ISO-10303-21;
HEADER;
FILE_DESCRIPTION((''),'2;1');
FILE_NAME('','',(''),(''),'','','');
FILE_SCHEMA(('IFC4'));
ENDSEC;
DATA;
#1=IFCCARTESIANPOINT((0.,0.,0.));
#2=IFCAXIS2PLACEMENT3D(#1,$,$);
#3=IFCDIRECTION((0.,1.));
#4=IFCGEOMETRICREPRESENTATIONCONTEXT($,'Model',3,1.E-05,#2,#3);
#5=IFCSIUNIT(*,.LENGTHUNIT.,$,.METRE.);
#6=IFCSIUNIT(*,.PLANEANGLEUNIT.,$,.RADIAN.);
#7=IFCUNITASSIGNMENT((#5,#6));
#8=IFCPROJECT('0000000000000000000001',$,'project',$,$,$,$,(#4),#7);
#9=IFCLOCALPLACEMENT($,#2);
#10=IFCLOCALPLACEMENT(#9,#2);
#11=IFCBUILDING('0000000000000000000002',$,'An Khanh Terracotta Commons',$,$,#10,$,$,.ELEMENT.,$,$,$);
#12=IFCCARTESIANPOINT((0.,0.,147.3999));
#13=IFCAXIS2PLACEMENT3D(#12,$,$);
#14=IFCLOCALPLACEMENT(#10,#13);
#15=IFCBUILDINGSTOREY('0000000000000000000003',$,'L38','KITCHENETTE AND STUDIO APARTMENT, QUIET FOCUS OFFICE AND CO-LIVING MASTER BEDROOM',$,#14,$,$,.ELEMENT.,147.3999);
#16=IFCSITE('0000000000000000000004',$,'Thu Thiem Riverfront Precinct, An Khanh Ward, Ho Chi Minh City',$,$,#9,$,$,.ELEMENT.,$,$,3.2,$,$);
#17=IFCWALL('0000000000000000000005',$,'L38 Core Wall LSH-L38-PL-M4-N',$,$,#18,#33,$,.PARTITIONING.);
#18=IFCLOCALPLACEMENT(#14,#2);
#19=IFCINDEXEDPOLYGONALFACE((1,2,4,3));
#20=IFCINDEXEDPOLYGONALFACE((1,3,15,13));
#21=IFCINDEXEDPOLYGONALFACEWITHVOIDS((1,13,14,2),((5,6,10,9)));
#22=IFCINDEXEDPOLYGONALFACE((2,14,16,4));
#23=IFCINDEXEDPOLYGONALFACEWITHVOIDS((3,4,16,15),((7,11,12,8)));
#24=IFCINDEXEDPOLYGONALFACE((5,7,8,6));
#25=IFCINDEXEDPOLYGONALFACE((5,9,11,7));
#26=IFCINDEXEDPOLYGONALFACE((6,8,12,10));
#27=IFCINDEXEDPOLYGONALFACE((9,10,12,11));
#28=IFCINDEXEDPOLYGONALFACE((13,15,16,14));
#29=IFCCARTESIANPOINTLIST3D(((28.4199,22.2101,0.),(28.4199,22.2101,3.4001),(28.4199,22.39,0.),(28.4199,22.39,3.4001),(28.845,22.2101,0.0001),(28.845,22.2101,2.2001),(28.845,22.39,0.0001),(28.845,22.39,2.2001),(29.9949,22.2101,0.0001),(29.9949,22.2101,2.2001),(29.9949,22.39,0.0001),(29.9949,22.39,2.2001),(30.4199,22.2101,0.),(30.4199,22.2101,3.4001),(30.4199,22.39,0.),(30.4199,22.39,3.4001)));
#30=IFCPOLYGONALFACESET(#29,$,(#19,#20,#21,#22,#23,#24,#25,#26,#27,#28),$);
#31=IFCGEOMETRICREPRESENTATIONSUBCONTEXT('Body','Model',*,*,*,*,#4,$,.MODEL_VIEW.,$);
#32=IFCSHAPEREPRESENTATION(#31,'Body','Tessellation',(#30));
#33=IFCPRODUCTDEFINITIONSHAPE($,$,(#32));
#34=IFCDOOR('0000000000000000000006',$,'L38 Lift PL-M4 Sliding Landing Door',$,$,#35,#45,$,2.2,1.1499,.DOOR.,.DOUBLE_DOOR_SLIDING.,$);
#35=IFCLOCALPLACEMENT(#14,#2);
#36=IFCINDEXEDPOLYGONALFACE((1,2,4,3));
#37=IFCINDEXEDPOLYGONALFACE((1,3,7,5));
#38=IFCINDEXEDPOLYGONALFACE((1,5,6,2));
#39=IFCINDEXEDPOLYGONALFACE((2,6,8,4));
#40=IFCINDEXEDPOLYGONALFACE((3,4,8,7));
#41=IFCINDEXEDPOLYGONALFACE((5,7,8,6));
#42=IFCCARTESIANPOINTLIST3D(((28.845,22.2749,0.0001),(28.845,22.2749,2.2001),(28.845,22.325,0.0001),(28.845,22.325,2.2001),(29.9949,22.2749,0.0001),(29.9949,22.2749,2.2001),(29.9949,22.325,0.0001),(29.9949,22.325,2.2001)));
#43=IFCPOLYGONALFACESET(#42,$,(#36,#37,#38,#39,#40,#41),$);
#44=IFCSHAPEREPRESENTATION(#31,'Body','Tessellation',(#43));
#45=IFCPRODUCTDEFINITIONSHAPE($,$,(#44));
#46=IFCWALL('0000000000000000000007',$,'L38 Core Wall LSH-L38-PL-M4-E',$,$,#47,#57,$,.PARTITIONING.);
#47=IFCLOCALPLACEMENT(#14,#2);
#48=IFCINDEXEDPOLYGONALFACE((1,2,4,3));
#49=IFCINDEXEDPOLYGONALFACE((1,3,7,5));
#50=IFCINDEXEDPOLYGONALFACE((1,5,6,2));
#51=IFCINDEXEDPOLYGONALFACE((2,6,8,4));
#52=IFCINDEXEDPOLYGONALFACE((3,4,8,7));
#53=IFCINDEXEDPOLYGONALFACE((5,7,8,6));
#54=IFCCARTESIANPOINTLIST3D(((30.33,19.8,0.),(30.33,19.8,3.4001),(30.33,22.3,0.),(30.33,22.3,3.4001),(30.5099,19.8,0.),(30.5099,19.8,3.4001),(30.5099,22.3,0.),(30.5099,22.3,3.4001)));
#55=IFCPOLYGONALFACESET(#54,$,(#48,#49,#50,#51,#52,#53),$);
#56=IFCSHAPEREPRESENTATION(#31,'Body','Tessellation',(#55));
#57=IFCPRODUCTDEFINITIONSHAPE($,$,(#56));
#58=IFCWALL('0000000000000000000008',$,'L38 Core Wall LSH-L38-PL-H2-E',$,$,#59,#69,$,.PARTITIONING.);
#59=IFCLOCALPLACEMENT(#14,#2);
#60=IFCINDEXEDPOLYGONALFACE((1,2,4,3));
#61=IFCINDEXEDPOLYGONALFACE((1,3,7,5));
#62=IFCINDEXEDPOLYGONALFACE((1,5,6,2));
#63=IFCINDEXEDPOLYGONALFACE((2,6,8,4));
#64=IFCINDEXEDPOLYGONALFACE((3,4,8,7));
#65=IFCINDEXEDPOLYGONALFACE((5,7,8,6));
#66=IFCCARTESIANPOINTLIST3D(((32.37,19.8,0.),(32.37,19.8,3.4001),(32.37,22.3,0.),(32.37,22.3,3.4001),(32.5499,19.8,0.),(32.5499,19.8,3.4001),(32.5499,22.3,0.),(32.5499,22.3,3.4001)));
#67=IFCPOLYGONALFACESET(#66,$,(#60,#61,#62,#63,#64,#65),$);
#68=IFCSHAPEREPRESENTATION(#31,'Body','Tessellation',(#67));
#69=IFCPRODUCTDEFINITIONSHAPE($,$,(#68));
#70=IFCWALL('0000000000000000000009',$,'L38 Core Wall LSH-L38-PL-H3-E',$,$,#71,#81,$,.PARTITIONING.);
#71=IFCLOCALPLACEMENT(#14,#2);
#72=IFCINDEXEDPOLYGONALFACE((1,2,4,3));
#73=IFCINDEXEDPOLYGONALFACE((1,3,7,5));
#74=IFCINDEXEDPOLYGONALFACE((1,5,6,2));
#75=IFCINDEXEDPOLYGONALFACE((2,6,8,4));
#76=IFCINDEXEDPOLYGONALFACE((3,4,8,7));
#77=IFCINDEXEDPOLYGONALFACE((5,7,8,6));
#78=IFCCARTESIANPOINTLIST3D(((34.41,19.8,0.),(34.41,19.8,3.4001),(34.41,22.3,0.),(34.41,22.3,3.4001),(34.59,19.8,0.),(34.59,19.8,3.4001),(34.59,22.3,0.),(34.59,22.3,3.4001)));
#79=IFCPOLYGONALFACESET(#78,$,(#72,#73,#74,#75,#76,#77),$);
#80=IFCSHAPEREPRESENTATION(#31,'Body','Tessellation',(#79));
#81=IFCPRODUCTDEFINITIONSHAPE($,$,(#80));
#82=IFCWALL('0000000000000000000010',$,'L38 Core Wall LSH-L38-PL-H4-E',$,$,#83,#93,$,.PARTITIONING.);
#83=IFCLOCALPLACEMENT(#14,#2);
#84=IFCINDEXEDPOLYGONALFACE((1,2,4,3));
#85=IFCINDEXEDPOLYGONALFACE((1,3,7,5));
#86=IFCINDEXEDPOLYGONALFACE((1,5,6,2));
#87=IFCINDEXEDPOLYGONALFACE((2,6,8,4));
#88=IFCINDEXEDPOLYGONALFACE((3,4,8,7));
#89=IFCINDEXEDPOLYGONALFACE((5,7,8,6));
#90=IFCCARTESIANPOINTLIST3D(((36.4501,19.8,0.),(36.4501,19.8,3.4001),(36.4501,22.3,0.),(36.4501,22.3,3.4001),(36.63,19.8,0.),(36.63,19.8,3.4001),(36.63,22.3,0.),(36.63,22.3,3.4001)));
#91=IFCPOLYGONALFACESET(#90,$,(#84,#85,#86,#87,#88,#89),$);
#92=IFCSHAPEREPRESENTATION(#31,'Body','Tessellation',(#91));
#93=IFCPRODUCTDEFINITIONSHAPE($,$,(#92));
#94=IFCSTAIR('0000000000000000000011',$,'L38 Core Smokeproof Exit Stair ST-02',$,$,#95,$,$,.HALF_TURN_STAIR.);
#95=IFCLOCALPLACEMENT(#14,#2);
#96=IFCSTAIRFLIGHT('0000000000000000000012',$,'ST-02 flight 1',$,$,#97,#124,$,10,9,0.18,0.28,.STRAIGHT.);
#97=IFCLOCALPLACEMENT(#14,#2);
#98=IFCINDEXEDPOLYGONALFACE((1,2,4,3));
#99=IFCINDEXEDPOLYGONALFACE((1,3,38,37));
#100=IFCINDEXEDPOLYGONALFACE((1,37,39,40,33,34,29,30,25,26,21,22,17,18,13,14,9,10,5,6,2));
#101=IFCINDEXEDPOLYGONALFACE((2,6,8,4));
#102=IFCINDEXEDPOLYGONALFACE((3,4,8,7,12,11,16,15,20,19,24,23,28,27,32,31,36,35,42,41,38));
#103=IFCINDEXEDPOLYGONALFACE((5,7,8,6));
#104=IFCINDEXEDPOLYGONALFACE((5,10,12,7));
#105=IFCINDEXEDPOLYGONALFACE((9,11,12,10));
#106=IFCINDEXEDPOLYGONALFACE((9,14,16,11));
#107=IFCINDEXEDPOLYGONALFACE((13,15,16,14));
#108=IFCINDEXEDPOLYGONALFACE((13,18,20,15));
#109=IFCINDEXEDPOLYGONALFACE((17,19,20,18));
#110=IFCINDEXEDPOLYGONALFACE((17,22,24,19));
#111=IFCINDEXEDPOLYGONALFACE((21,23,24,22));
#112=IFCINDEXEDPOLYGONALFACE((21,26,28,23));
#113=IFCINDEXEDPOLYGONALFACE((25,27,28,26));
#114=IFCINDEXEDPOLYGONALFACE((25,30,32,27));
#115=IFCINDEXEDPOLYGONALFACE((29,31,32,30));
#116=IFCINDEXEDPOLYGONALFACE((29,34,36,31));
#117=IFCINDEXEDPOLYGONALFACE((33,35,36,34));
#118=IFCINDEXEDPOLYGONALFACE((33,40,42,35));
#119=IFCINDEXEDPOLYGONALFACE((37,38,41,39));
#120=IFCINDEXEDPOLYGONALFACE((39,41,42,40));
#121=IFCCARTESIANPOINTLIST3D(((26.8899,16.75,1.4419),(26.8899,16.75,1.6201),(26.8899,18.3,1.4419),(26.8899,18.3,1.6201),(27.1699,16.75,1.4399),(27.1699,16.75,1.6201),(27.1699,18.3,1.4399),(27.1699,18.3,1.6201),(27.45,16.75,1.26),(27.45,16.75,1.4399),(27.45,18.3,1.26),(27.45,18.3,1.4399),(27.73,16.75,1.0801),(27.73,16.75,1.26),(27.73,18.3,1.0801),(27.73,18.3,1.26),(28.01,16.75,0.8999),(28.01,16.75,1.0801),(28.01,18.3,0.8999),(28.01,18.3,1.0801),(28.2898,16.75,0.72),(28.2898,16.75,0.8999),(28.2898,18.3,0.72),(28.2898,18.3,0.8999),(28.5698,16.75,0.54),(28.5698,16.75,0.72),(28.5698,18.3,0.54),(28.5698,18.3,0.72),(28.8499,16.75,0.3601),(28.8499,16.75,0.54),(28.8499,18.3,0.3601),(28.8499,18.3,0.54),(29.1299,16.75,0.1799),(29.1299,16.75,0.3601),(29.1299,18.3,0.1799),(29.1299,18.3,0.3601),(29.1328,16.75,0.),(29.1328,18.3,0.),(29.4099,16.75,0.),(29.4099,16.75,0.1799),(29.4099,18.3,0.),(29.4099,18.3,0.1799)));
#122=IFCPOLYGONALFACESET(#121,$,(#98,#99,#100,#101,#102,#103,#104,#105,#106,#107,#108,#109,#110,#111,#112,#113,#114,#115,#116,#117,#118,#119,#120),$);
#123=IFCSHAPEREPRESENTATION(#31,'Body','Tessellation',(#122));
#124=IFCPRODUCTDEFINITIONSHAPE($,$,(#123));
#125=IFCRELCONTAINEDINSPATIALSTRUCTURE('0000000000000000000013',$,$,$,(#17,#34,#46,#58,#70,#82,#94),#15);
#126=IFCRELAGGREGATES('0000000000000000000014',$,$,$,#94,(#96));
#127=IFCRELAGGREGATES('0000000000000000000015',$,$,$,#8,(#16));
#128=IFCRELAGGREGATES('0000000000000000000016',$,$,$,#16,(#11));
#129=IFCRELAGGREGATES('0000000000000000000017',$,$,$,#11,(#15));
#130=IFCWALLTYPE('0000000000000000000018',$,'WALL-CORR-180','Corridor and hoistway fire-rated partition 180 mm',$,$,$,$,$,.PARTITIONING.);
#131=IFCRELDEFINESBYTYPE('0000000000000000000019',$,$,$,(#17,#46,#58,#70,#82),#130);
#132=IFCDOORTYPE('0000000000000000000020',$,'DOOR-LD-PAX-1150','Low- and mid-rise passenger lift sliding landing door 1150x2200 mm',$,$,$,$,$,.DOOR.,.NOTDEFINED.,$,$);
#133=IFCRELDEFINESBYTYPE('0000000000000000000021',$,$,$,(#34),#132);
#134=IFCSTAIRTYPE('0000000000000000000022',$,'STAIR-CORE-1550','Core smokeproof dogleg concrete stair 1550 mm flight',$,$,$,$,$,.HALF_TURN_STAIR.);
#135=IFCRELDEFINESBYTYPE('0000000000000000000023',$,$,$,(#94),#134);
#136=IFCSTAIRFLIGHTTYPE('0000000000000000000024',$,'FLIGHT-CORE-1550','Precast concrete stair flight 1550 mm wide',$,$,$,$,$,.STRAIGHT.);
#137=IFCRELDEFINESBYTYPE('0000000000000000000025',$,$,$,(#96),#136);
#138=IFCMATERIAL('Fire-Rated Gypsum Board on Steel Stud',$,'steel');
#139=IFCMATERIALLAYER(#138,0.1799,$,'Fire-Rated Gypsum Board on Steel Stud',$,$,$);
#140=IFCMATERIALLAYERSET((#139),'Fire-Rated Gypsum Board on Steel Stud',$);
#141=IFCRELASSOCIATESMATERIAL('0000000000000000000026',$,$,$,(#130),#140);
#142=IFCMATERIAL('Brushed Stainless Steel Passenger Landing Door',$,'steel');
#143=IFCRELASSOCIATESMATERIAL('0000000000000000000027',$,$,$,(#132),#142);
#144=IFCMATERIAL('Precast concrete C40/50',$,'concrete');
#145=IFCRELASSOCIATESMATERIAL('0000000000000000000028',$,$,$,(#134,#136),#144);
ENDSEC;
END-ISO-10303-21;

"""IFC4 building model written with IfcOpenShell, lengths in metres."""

from ifc_helpers import new_model, si_unit, direction, frame, frame_2d, origin, place, context, subcontext, project, spatial, polyline, rectangle, outline, extrude, material, layer, layer_set, type_object, element, fill, aggregate, save


model = new_model("IFC4")

# Units and contexts
model_context = context("Model", 3, precision=1e-05, world=origin(), true_north=direction((0.0, 1.0)))
body_context = subcontext(model_context, "Body", "Model", "MODEL_VIEW")
ifc_project = project(units=[si_unit("LENGTHUNIT", "METRE"), si_unit("PLANEANGLEUNIT", "RADIAN")], contexts=[model_context])

# Site, building, storey
site_placement = place(None, origin())
site = spatial("IfcSite", under=ifc_project, at=site_placement, Name="Thu Thiem Riverfront Precinct, An Khanh Ward, Ho Chi Minh City", CompositionType="ELEMENT", RefElevation=3.2)
building_placement = place(site_placement, origin())
building = spatial("IfcBuilding", under=site, at=building_placement, Name="An Khanh Terracotta Commons", CompositionType="ELEMENT")
storey_placement = place(building_placement, frame((0.0, 0.0, 147.3999)))
storey = spatial("IfcBuildingStorey", under=building, at=storey_placement, Name="L38", Description="KITCHENETTE AND STUDIO APARTMENT, QUIET FOCUS OFFICE AND CO-LIVING MASTER BEDROOM", CompositionType="ELEMENT", Elevation=147.3999)

# Shared definitions
ifc_material_1 = material(Name="Fire-Rated Gypsum Board on Steel Stud", Category="steel")
ifc_layer = layer(ifc_material_1, 0.1799, Name="Fire-Rated Gypsum Board on Steel Stud")
ifc_layer_set = layer_set([ifc_layer], Name="Fire-Rated Gypsum Board on Steel Stud")
wall_type = type_object("IfcWallType", Name="WALL-CORR-180", Description="Corridor and hoistway fire-rated partition 180 mm", PredefinedType="PARTITIONING", material=ifc_layer_set)

# Shared definitions
ifc_material_2 = material(Name="Brushed Stainless Steel Passenger Landing Door", Category="steel")
door_type_1 = type_object("IfcDoorType", Name="DOOR-LD-PAX-1150", Description="Low- and mid-rise passenger lift sliding landing door 1150x2200 mm", OperationType="NOTDEFINED", PredefinedType="DOOR", material=ifc_material_2)

# Wall, opening, door
wall_1_placement = place(storey_placement, frame((28.4199, 22.3, 0.0), z_axis=(0.0, 0.0, 1.0), x_axis=(1.0, 0.0, 0.0)))
wall_1 = element("IfcWall", 1, at=wall_1_placement, inside=storey, type_object=wall_type, Name="L38 Core Wall LSH-L38-PL-M4-N", PredefinedType="PARTITIONING", context=body_context, shape_type="SweptSolid", body=[
    extrude(rectangle(XDim=2.0, YDim=0.1799, at=frame_2d((1.0, 0.0))), origin(), (0.0, 0.0, 1.0), 3.4001),
])
opening_1_placement = place(wall_1_placement, frame((0.425, 0.0, 0.0)))
opening_1 = element("IfcOpeningElement", 2, at=opening_1_placement, cuts=wall_1, PredefinedType="OPENING", context=body_context, shape_type="SweptSolid", body=[
    extrude(rectangle(XDim=1.1499, YDim=2.2, at=frame_2d((0.575, 1.1001))), frame((0.0, 0.0999, 0.0), z_axis=(0.0, -1.0, 0.0), x_axis=(1.0, 0.0, 0.0)), (0.0, 0.0, 1.0), 0.2),
])
door_1_placement = place(opening_1_placement, origin())
door_1 = element("IfcDoor", 3, at=door_1_placement, inside=storey, type_object=door_type_1, Name="L38 Lift PL-M4 Sliding Landing Door", OperationType="DOUBLE_DOOR_SLIDING", OverallHeight=2.2, OverallWidth=1.1499, PredefinedType="DOOR", context=body_context, shape_type="SweptSolid", body=[
    extrude(rectangle(XDim=1.1499, YDim=2.2, at=frame_2d((0.575, 1.1001))), frame((0.0, 0.0249, 0.0), z_axis=(0.0, -1.0, 0.0), x_axis=(1.0, 0.0, 0.0)), (0.0, 0.0, 1.0), 0.05),
])
fill(opening_1, door_1)

# Walls
for number, where, z_axis, x_axis, name in (
    (4, (30.4199, 19.8, 0.0), (0.0, 0.0, 1.0), (0.0, 1.0, 0.0), "L38 Core Wall LSH-L38-PL-M4-E"),
    (5, (32.46, 19.8, 0.0), (0.0, 0.0, 1.0), (0.0, 1.0, 0.0), "L38 Core Wall LSH-L38-PL-H2-E"),
    (6, (34.5, 19.8, 0.0), (0.0, 0.0, 1.0), (0.0, 1.0, 0.0), "L38 Core Wall LSH-L38-PL-H3-E"),
    (7, (36.54, 19.8, 0.0), (0.0, 0.0, 1.0), (0.0, 1.0, 0.0), "L38 Core Wall LSH-L38-PL-H4-E"),
):
    element("IfcWall", number, at=place(storey_placement, frame(where, z_axis=z_axis, x_axis=x_axis)), inside=storey, type_object=wall_type, Name=name, PredefinedType="PARTITIONING", context=body_context, shape_type="SweptSolid", body=[
        extrude(rectangle(XDim=2.5, YDim=0.1799, at=frame_2d((1.25, 0.0))), origin(), (0.0, 0.0, 1.0), 3.4001),
    ])

# Stair, stair flight
ifc_material_3 = material(Name="Precast concrete C40/50", Category="concrete")
stair_type = type_object("IfcStairType", Name="STAIR-CORE-1550", Description="Core smokeproof dogleg concrete stair 1550 mm flight", PredefinedType="HALF_TURN_STAIR", material=ifc_material_3)
stair_placement = place(storey_placement, origin())
stair = element("IfcStair", 8, at=stair_placement, inside=storey, type_object=stair_type, Name="L38 Core Smokeproof Exit Stair ST-02", PredefinedType="HALF_TURN_STAIR")
stair_flight_type = type_object("IfcStairFlightType", Name="FLIGHT-CORE-1550", Description="Precast concrete stair flight 1550 mm wide", PredefinedType="STRAIGHT", material=ifc_material_3)
stair_flight_placement = place(storey_placement, frame((29.4099, 17.5249, 0.0), z_axis=(0.0, 0.0, 1.0), x_axis=(-1.0, 0.0, 0.0)))
stair_flight = element("IfcStairFlight", 9, at=stair_flight_placement, type_object=stair_flight_type, Name="ST-02 flight 1", NumberOfRisers=10, NumberOfTreads=9, PredefinedType="STRAIGHT", RiserHeight=0.18, TreadLength=0.28, context=body_context, shape_type="SweptSolid", body=[
    extrude(outline(polyline([(0.0, 0.0), (0.0, 0.1799), (0.28, 0.1799), (0.28, 0.3601), (0.5601, 0.3601), (0.5601, 0.54), (0.8401, 0.54), (0.8401, 0.72), (1.1201, 0.72), (1.1201, 0.8999), (1.3999, 0.8999), (1.3999, 1.0801), (1.6799, 1.0801), (1.6799, 1.26), (1.96, 1.26), (1.96, 1.4399), (2.24, 1.4399), (2.24, 1.6201), (2.52, 1.6201), (2.52, 1.8), (2.52, 1.4419), (0.2771, 0.0), (0.0, 0.0)])), frame((0.0, 0.7749, 0.0), z_axis=(0.0, -1.0, 0.0), x_axis=(1.0, 0.0, 0.0)), (0.0, 0.0, 1.0), 1.55),
])
aggregate(stair, [stair_flight])

save(model, "model.ifc")
